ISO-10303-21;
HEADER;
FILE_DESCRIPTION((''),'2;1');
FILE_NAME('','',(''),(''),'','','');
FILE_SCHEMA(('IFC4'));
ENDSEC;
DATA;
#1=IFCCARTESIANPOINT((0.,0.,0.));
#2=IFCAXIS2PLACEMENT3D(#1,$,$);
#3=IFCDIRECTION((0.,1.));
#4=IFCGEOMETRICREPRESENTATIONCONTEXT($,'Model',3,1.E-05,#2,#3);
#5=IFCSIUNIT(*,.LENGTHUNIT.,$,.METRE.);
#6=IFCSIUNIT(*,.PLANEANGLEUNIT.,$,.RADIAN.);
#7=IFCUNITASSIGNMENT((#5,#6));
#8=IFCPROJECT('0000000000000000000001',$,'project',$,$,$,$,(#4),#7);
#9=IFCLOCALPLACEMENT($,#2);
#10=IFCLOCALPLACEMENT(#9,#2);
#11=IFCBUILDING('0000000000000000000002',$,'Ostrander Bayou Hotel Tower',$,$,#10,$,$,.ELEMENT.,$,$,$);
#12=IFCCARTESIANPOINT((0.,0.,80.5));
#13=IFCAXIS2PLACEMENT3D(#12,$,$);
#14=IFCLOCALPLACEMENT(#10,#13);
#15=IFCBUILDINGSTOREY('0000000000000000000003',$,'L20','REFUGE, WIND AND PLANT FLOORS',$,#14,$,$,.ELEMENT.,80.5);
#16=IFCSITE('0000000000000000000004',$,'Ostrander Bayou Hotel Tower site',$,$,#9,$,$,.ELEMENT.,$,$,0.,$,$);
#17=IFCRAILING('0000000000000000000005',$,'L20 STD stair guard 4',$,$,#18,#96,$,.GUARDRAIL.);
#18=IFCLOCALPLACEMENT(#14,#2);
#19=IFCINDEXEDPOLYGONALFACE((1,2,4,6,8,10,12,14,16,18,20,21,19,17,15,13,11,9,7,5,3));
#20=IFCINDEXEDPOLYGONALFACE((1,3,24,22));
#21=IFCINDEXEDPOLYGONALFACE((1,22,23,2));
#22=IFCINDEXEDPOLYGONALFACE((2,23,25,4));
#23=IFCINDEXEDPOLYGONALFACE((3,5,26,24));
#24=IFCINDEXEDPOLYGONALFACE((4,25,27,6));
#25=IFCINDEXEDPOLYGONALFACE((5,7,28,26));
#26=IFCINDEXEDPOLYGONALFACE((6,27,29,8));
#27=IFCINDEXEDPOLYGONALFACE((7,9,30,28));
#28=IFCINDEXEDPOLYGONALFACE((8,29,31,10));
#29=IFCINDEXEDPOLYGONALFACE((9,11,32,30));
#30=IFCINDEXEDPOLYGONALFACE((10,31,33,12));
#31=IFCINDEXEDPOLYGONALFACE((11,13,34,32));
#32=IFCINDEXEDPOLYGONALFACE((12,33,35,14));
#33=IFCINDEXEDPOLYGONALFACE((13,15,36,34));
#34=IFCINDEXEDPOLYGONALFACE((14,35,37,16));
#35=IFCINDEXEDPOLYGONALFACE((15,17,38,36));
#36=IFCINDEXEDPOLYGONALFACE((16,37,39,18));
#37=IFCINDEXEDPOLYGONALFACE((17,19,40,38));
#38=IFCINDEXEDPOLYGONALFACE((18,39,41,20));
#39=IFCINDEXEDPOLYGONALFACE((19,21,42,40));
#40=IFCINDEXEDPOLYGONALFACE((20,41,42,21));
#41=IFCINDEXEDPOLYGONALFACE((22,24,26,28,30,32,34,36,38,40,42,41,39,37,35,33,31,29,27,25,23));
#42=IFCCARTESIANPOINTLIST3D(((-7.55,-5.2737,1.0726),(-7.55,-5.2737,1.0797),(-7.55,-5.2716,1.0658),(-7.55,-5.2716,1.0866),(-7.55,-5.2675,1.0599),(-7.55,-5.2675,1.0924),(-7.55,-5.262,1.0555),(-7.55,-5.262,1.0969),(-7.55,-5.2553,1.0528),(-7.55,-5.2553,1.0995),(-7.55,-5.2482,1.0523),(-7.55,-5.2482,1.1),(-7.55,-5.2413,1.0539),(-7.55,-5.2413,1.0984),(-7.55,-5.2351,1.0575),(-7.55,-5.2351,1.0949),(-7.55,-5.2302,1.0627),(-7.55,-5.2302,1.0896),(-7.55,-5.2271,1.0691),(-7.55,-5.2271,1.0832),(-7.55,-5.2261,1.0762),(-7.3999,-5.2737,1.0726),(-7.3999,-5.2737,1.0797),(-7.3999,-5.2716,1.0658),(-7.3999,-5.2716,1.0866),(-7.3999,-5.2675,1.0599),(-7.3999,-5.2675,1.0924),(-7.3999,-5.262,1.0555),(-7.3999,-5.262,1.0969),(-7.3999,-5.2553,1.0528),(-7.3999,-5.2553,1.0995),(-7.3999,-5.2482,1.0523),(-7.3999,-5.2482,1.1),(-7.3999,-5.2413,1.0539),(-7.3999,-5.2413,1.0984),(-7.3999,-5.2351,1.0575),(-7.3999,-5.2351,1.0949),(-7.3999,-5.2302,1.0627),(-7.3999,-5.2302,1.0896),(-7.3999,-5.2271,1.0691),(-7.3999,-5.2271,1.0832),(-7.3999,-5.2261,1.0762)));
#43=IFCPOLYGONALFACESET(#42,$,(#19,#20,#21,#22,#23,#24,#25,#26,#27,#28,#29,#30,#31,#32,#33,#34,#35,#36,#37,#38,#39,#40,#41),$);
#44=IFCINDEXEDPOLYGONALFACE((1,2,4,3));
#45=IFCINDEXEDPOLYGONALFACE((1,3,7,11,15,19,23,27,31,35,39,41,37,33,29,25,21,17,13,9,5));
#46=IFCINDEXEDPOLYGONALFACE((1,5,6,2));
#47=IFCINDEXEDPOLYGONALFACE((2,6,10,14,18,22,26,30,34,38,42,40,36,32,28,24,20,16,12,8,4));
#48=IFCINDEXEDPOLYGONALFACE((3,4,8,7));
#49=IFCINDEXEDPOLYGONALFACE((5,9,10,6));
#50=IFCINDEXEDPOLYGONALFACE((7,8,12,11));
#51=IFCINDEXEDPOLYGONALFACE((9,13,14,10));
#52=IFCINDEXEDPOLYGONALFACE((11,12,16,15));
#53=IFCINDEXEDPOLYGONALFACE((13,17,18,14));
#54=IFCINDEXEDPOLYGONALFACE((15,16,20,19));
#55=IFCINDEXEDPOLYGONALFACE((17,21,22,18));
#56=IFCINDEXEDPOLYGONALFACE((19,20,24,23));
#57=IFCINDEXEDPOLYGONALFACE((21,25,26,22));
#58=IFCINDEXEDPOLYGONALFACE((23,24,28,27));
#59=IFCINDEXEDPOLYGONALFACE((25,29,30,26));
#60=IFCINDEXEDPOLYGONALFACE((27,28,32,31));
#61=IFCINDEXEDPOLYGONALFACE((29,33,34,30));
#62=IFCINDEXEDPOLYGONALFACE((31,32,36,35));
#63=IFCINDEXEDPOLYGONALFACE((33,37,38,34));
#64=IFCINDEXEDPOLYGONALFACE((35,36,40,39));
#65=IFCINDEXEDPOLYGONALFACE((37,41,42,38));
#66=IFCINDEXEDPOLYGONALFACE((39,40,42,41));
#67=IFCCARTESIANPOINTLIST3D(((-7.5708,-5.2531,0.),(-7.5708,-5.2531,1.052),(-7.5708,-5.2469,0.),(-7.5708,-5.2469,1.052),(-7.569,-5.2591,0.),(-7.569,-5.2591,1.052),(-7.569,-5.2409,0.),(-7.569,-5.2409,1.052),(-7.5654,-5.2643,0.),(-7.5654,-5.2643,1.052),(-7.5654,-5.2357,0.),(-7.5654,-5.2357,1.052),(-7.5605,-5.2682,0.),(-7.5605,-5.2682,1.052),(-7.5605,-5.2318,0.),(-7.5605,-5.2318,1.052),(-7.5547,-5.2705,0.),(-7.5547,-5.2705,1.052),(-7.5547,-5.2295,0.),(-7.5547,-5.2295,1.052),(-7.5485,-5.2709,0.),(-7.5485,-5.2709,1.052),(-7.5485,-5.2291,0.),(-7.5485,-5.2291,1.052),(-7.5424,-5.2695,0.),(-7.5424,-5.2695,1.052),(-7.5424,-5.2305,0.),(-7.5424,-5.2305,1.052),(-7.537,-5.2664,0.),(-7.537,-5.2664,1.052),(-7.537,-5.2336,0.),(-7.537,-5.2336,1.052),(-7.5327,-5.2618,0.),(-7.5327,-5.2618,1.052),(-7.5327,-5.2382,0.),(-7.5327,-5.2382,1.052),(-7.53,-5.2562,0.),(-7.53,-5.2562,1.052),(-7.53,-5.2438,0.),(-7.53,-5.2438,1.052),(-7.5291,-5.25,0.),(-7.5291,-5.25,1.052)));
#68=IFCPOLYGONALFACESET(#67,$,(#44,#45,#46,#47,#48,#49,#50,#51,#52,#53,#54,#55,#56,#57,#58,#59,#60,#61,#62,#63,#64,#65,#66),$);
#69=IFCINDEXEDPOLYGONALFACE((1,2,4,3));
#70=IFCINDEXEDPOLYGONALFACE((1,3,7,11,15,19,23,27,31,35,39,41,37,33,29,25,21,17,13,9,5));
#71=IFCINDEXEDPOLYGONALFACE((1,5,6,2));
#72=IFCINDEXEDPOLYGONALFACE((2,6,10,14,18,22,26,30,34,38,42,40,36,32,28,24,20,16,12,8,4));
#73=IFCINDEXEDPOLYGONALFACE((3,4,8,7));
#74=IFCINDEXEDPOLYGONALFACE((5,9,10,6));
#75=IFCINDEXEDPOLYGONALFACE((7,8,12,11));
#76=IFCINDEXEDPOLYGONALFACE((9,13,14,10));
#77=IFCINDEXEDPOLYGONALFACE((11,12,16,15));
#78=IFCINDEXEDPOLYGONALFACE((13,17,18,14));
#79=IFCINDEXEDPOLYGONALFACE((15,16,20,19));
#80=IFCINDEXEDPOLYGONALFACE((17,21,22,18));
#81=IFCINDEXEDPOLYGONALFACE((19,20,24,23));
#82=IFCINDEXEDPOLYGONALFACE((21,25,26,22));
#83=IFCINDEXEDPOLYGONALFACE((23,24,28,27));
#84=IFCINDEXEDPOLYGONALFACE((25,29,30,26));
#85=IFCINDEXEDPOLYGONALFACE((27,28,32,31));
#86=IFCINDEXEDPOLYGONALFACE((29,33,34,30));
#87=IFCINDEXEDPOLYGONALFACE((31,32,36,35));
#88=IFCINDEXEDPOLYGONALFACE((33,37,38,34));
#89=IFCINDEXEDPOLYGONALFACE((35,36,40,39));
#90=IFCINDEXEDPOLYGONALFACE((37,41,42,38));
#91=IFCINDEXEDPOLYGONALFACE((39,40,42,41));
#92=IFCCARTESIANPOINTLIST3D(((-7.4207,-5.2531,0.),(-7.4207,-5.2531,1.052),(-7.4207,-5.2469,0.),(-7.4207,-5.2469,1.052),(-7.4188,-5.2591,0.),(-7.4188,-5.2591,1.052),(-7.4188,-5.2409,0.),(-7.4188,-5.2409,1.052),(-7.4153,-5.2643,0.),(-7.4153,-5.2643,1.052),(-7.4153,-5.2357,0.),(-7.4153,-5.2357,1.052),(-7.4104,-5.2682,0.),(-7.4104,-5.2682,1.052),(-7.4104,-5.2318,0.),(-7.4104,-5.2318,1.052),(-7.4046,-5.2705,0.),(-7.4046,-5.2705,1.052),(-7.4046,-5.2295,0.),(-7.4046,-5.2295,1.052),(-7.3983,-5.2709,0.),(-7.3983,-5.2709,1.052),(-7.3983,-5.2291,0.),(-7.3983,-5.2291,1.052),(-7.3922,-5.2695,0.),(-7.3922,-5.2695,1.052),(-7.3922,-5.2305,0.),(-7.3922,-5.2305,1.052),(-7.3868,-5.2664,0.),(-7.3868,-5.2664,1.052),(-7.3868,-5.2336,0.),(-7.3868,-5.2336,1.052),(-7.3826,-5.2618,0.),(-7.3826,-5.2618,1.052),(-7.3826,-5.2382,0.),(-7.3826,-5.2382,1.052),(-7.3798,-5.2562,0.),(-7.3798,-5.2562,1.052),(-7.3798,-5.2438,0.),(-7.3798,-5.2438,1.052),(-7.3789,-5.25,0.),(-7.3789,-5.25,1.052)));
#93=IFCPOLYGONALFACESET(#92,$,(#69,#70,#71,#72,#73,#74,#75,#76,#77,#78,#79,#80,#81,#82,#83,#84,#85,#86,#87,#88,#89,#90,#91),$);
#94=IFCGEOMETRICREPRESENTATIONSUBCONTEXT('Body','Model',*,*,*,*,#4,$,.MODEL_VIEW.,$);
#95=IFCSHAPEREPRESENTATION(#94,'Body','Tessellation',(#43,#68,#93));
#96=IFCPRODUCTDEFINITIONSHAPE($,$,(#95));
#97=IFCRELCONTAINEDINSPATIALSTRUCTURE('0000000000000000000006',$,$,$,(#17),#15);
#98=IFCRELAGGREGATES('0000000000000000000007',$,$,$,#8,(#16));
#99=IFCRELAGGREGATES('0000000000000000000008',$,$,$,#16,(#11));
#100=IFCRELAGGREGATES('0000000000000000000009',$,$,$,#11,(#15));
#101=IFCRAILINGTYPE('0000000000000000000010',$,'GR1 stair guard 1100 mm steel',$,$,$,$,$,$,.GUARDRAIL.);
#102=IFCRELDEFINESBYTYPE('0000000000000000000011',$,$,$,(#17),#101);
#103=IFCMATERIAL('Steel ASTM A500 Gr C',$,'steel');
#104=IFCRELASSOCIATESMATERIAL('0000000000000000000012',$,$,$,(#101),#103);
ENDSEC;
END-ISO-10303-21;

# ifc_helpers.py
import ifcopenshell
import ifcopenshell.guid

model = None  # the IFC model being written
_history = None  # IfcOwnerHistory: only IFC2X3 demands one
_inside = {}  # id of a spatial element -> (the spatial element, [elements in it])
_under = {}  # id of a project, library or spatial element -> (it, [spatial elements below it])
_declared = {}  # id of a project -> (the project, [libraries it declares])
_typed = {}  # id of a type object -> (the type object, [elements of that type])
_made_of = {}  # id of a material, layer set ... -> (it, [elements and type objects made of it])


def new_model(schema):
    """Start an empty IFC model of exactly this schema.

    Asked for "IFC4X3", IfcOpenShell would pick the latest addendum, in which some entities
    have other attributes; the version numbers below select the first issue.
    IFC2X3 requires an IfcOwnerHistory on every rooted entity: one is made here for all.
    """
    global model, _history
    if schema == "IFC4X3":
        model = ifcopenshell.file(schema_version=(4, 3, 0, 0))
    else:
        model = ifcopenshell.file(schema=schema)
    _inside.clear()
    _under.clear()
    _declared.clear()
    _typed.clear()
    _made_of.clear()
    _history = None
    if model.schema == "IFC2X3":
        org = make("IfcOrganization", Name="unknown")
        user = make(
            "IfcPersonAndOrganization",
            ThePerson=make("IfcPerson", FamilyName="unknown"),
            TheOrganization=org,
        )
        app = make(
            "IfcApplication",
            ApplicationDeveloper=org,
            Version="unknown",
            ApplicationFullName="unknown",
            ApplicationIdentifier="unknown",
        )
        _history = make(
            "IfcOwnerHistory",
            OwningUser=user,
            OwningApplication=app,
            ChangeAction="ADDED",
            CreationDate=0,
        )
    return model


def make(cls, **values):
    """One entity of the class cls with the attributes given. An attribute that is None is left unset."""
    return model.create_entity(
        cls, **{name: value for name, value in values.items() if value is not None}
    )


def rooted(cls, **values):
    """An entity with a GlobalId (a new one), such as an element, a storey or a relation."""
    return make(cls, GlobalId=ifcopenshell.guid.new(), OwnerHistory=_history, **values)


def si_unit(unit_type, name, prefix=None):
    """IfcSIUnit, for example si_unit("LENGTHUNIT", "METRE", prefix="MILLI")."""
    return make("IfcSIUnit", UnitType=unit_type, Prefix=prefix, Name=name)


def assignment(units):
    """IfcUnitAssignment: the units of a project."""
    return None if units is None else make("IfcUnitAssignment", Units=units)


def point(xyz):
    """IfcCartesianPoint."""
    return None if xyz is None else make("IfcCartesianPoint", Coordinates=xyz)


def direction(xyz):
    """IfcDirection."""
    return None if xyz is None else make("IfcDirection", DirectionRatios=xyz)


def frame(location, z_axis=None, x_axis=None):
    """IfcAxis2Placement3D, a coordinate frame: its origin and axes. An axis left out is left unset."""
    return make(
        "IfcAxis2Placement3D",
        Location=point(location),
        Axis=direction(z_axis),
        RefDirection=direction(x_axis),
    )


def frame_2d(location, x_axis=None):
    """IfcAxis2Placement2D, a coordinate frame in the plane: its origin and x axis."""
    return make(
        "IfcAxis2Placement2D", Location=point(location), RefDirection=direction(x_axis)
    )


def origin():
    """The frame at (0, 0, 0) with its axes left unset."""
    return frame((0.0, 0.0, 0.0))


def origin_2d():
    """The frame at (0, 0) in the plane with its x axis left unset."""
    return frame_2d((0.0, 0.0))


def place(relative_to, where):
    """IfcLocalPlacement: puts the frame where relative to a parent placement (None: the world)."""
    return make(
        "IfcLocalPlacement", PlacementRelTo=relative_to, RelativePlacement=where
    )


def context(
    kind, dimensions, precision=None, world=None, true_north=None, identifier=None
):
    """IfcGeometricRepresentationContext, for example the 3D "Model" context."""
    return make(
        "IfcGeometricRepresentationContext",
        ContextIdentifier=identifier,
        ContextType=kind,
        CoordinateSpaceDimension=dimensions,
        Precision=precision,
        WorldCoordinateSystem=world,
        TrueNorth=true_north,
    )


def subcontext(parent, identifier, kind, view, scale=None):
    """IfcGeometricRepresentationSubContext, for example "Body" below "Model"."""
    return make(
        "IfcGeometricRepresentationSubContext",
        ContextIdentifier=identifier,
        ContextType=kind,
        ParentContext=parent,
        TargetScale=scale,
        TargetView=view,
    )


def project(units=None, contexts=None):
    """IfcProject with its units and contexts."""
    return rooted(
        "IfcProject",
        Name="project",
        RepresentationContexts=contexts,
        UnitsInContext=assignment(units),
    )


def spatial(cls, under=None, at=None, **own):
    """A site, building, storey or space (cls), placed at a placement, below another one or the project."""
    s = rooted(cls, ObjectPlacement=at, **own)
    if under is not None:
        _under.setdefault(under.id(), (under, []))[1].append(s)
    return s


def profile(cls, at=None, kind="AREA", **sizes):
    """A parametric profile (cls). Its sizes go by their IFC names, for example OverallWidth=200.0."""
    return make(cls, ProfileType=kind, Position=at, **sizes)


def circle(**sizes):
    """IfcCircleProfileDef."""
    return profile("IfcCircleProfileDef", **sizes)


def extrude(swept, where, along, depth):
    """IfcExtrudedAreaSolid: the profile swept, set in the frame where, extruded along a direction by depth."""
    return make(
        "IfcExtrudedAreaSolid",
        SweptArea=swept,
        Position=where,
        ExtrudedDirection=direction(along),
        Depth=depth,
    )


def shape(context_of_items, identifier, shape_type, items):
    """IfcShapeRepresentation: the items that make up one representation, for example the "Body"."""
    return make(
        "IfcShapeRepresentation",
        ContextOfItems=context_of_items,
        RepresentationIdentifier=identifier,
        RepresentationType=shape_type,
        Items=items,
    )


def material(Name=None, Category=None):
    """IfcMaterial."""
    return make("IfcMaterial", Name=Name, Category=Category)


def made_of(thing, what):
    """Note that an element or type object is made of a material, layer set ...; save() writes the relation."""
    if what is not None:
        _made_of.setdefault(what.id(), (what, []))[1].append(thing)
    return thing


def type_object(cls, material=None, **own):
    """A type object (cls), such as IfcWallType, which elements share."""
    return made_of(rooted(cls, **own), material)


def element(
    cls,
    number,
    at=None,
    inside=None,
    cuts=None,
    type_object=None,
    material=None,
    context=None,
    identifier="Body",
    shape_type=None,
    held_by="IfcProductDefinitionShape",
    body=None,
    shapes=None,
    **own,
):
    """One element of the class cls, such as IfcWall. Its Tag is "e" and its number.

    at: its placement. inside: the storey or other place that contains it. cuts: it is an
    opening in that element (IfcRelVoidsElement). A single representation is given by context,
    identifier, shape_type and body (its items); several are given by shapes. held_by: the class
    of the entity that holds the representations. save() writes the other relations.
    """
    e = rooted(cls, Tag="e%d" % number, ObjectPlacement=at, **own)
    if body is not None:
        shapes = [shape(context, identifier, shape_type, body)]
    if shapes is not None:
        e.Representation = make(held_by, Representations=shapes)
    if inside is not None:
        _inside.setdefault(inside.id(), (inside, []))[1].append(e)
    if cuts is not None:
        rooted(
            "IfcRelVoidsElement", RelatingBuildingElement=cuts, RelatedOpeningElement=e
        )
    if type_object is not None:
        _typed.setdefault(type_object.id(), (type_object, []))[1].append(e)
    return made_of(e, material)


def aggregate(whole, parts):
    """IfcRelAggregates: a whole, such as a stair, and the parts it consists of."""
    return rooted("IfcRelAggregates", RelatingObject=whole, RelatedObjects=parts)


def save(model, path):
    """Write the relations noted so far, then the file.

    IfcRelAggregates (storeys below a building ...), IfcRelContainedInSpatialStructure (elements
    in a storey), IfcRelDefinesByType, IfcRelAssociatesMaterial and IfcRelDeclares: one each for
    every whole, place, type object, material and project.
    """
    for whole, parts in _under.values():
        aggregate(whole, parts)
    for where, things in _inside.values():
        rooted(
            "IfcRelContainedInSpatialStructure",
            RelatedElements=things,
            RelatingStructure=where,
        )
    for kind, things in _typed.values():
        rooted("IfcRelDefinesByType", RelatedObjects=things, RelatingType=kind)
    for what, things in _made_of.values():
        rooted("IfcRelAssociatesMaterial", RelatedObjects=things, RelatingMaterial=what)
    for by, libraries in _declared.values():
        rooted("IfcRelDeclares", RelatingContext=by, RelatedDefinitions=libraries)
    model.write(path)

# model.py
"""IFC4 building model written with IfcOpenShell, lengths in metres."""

from ifc_helpers import new_model, si_unit, direction, frame, origin, origin_2d, place, context, subcontext, project, spatial, circle, extrude, material, type_object, element, save


model = new_model("IFC4")

# Units and contexts
model_context = context("Model", 3, precision=1e-05, world=origin(), true_north=direction((0.0, 1.0)))
body_context = subcontext(model_context, "Body", "Model", "MODEL_VIEW")
ifc_project = project(units=[si_unit("LENGTHUNIT", "METRE"), si_unit("PLANEANGLEUNIT", "RADIAN")], contexts=[model_context])

# Site, building, storey
site_placement = place(None, origin())
site = spatial("IfcSite", under=ifc_project, at=site_placement, Name="Ostrander Bayou Hotel Tower site", CompositionType="ELEMENT", RefElevation=0.0)
building_placement = place(site_placement, origin())
building = spatial("IfcBuilding", under=site, at=building_placement, Name="Ostrander Bayou Hotel Tower", CompositionType="ELEMENT")
storey_placement = place(building_placement, frame((0.0, 0.0, 80.5)))
storey = spatial("IfcBuildingStorey", under=building, at=storey_placement, Name="L20", Description="REFUGE, WIND AND PLANT FLOORS", CompositionType="ELEMENT", Elevation=80.5)

# Railing
ifc_material_1 = material(Name="Steel ASTM A500 Gr C", Category="steel")
railing_type_1 = type_object("IfcRailingType", Name="GR1 stair guard 1100 mm steel", PredefinedType="GUARDRAIL", material=ifc_material_1)
railing_1_placement = place(storey_placement, frame((-7.55, -5.25, 0.0)))
element("IfcRailing", 1, at=railing_1_placement, inside=storey, type_object=railing_type_1, Name="L20 STD stair guard 4", PredefinedType="GUARDRAIL", context=body_context, shape_type="SweptSolid", body=[
    extrude(circle(Radius=0.0239, at=origin_2d()), frame((0.0, 0.0, 1.0762), z_axis=(1.0, 0.0, 0.0), x_axis=(0.0, 1.0, 0.0)), (0.0, 0.0, 1.0), 0.1501),
    extrude(circle(Radius=0.021, at=origin_2d()), origin(), (0.0, 0.0, 1.0), 1.052),
    extrude(circle(Radius=0.021, at=origin_2d()), frame((0.1501, 0.0, 0.0)), (0.0, 0.0, 1.0), 1.052),
])

save(model, "model.ifc")
